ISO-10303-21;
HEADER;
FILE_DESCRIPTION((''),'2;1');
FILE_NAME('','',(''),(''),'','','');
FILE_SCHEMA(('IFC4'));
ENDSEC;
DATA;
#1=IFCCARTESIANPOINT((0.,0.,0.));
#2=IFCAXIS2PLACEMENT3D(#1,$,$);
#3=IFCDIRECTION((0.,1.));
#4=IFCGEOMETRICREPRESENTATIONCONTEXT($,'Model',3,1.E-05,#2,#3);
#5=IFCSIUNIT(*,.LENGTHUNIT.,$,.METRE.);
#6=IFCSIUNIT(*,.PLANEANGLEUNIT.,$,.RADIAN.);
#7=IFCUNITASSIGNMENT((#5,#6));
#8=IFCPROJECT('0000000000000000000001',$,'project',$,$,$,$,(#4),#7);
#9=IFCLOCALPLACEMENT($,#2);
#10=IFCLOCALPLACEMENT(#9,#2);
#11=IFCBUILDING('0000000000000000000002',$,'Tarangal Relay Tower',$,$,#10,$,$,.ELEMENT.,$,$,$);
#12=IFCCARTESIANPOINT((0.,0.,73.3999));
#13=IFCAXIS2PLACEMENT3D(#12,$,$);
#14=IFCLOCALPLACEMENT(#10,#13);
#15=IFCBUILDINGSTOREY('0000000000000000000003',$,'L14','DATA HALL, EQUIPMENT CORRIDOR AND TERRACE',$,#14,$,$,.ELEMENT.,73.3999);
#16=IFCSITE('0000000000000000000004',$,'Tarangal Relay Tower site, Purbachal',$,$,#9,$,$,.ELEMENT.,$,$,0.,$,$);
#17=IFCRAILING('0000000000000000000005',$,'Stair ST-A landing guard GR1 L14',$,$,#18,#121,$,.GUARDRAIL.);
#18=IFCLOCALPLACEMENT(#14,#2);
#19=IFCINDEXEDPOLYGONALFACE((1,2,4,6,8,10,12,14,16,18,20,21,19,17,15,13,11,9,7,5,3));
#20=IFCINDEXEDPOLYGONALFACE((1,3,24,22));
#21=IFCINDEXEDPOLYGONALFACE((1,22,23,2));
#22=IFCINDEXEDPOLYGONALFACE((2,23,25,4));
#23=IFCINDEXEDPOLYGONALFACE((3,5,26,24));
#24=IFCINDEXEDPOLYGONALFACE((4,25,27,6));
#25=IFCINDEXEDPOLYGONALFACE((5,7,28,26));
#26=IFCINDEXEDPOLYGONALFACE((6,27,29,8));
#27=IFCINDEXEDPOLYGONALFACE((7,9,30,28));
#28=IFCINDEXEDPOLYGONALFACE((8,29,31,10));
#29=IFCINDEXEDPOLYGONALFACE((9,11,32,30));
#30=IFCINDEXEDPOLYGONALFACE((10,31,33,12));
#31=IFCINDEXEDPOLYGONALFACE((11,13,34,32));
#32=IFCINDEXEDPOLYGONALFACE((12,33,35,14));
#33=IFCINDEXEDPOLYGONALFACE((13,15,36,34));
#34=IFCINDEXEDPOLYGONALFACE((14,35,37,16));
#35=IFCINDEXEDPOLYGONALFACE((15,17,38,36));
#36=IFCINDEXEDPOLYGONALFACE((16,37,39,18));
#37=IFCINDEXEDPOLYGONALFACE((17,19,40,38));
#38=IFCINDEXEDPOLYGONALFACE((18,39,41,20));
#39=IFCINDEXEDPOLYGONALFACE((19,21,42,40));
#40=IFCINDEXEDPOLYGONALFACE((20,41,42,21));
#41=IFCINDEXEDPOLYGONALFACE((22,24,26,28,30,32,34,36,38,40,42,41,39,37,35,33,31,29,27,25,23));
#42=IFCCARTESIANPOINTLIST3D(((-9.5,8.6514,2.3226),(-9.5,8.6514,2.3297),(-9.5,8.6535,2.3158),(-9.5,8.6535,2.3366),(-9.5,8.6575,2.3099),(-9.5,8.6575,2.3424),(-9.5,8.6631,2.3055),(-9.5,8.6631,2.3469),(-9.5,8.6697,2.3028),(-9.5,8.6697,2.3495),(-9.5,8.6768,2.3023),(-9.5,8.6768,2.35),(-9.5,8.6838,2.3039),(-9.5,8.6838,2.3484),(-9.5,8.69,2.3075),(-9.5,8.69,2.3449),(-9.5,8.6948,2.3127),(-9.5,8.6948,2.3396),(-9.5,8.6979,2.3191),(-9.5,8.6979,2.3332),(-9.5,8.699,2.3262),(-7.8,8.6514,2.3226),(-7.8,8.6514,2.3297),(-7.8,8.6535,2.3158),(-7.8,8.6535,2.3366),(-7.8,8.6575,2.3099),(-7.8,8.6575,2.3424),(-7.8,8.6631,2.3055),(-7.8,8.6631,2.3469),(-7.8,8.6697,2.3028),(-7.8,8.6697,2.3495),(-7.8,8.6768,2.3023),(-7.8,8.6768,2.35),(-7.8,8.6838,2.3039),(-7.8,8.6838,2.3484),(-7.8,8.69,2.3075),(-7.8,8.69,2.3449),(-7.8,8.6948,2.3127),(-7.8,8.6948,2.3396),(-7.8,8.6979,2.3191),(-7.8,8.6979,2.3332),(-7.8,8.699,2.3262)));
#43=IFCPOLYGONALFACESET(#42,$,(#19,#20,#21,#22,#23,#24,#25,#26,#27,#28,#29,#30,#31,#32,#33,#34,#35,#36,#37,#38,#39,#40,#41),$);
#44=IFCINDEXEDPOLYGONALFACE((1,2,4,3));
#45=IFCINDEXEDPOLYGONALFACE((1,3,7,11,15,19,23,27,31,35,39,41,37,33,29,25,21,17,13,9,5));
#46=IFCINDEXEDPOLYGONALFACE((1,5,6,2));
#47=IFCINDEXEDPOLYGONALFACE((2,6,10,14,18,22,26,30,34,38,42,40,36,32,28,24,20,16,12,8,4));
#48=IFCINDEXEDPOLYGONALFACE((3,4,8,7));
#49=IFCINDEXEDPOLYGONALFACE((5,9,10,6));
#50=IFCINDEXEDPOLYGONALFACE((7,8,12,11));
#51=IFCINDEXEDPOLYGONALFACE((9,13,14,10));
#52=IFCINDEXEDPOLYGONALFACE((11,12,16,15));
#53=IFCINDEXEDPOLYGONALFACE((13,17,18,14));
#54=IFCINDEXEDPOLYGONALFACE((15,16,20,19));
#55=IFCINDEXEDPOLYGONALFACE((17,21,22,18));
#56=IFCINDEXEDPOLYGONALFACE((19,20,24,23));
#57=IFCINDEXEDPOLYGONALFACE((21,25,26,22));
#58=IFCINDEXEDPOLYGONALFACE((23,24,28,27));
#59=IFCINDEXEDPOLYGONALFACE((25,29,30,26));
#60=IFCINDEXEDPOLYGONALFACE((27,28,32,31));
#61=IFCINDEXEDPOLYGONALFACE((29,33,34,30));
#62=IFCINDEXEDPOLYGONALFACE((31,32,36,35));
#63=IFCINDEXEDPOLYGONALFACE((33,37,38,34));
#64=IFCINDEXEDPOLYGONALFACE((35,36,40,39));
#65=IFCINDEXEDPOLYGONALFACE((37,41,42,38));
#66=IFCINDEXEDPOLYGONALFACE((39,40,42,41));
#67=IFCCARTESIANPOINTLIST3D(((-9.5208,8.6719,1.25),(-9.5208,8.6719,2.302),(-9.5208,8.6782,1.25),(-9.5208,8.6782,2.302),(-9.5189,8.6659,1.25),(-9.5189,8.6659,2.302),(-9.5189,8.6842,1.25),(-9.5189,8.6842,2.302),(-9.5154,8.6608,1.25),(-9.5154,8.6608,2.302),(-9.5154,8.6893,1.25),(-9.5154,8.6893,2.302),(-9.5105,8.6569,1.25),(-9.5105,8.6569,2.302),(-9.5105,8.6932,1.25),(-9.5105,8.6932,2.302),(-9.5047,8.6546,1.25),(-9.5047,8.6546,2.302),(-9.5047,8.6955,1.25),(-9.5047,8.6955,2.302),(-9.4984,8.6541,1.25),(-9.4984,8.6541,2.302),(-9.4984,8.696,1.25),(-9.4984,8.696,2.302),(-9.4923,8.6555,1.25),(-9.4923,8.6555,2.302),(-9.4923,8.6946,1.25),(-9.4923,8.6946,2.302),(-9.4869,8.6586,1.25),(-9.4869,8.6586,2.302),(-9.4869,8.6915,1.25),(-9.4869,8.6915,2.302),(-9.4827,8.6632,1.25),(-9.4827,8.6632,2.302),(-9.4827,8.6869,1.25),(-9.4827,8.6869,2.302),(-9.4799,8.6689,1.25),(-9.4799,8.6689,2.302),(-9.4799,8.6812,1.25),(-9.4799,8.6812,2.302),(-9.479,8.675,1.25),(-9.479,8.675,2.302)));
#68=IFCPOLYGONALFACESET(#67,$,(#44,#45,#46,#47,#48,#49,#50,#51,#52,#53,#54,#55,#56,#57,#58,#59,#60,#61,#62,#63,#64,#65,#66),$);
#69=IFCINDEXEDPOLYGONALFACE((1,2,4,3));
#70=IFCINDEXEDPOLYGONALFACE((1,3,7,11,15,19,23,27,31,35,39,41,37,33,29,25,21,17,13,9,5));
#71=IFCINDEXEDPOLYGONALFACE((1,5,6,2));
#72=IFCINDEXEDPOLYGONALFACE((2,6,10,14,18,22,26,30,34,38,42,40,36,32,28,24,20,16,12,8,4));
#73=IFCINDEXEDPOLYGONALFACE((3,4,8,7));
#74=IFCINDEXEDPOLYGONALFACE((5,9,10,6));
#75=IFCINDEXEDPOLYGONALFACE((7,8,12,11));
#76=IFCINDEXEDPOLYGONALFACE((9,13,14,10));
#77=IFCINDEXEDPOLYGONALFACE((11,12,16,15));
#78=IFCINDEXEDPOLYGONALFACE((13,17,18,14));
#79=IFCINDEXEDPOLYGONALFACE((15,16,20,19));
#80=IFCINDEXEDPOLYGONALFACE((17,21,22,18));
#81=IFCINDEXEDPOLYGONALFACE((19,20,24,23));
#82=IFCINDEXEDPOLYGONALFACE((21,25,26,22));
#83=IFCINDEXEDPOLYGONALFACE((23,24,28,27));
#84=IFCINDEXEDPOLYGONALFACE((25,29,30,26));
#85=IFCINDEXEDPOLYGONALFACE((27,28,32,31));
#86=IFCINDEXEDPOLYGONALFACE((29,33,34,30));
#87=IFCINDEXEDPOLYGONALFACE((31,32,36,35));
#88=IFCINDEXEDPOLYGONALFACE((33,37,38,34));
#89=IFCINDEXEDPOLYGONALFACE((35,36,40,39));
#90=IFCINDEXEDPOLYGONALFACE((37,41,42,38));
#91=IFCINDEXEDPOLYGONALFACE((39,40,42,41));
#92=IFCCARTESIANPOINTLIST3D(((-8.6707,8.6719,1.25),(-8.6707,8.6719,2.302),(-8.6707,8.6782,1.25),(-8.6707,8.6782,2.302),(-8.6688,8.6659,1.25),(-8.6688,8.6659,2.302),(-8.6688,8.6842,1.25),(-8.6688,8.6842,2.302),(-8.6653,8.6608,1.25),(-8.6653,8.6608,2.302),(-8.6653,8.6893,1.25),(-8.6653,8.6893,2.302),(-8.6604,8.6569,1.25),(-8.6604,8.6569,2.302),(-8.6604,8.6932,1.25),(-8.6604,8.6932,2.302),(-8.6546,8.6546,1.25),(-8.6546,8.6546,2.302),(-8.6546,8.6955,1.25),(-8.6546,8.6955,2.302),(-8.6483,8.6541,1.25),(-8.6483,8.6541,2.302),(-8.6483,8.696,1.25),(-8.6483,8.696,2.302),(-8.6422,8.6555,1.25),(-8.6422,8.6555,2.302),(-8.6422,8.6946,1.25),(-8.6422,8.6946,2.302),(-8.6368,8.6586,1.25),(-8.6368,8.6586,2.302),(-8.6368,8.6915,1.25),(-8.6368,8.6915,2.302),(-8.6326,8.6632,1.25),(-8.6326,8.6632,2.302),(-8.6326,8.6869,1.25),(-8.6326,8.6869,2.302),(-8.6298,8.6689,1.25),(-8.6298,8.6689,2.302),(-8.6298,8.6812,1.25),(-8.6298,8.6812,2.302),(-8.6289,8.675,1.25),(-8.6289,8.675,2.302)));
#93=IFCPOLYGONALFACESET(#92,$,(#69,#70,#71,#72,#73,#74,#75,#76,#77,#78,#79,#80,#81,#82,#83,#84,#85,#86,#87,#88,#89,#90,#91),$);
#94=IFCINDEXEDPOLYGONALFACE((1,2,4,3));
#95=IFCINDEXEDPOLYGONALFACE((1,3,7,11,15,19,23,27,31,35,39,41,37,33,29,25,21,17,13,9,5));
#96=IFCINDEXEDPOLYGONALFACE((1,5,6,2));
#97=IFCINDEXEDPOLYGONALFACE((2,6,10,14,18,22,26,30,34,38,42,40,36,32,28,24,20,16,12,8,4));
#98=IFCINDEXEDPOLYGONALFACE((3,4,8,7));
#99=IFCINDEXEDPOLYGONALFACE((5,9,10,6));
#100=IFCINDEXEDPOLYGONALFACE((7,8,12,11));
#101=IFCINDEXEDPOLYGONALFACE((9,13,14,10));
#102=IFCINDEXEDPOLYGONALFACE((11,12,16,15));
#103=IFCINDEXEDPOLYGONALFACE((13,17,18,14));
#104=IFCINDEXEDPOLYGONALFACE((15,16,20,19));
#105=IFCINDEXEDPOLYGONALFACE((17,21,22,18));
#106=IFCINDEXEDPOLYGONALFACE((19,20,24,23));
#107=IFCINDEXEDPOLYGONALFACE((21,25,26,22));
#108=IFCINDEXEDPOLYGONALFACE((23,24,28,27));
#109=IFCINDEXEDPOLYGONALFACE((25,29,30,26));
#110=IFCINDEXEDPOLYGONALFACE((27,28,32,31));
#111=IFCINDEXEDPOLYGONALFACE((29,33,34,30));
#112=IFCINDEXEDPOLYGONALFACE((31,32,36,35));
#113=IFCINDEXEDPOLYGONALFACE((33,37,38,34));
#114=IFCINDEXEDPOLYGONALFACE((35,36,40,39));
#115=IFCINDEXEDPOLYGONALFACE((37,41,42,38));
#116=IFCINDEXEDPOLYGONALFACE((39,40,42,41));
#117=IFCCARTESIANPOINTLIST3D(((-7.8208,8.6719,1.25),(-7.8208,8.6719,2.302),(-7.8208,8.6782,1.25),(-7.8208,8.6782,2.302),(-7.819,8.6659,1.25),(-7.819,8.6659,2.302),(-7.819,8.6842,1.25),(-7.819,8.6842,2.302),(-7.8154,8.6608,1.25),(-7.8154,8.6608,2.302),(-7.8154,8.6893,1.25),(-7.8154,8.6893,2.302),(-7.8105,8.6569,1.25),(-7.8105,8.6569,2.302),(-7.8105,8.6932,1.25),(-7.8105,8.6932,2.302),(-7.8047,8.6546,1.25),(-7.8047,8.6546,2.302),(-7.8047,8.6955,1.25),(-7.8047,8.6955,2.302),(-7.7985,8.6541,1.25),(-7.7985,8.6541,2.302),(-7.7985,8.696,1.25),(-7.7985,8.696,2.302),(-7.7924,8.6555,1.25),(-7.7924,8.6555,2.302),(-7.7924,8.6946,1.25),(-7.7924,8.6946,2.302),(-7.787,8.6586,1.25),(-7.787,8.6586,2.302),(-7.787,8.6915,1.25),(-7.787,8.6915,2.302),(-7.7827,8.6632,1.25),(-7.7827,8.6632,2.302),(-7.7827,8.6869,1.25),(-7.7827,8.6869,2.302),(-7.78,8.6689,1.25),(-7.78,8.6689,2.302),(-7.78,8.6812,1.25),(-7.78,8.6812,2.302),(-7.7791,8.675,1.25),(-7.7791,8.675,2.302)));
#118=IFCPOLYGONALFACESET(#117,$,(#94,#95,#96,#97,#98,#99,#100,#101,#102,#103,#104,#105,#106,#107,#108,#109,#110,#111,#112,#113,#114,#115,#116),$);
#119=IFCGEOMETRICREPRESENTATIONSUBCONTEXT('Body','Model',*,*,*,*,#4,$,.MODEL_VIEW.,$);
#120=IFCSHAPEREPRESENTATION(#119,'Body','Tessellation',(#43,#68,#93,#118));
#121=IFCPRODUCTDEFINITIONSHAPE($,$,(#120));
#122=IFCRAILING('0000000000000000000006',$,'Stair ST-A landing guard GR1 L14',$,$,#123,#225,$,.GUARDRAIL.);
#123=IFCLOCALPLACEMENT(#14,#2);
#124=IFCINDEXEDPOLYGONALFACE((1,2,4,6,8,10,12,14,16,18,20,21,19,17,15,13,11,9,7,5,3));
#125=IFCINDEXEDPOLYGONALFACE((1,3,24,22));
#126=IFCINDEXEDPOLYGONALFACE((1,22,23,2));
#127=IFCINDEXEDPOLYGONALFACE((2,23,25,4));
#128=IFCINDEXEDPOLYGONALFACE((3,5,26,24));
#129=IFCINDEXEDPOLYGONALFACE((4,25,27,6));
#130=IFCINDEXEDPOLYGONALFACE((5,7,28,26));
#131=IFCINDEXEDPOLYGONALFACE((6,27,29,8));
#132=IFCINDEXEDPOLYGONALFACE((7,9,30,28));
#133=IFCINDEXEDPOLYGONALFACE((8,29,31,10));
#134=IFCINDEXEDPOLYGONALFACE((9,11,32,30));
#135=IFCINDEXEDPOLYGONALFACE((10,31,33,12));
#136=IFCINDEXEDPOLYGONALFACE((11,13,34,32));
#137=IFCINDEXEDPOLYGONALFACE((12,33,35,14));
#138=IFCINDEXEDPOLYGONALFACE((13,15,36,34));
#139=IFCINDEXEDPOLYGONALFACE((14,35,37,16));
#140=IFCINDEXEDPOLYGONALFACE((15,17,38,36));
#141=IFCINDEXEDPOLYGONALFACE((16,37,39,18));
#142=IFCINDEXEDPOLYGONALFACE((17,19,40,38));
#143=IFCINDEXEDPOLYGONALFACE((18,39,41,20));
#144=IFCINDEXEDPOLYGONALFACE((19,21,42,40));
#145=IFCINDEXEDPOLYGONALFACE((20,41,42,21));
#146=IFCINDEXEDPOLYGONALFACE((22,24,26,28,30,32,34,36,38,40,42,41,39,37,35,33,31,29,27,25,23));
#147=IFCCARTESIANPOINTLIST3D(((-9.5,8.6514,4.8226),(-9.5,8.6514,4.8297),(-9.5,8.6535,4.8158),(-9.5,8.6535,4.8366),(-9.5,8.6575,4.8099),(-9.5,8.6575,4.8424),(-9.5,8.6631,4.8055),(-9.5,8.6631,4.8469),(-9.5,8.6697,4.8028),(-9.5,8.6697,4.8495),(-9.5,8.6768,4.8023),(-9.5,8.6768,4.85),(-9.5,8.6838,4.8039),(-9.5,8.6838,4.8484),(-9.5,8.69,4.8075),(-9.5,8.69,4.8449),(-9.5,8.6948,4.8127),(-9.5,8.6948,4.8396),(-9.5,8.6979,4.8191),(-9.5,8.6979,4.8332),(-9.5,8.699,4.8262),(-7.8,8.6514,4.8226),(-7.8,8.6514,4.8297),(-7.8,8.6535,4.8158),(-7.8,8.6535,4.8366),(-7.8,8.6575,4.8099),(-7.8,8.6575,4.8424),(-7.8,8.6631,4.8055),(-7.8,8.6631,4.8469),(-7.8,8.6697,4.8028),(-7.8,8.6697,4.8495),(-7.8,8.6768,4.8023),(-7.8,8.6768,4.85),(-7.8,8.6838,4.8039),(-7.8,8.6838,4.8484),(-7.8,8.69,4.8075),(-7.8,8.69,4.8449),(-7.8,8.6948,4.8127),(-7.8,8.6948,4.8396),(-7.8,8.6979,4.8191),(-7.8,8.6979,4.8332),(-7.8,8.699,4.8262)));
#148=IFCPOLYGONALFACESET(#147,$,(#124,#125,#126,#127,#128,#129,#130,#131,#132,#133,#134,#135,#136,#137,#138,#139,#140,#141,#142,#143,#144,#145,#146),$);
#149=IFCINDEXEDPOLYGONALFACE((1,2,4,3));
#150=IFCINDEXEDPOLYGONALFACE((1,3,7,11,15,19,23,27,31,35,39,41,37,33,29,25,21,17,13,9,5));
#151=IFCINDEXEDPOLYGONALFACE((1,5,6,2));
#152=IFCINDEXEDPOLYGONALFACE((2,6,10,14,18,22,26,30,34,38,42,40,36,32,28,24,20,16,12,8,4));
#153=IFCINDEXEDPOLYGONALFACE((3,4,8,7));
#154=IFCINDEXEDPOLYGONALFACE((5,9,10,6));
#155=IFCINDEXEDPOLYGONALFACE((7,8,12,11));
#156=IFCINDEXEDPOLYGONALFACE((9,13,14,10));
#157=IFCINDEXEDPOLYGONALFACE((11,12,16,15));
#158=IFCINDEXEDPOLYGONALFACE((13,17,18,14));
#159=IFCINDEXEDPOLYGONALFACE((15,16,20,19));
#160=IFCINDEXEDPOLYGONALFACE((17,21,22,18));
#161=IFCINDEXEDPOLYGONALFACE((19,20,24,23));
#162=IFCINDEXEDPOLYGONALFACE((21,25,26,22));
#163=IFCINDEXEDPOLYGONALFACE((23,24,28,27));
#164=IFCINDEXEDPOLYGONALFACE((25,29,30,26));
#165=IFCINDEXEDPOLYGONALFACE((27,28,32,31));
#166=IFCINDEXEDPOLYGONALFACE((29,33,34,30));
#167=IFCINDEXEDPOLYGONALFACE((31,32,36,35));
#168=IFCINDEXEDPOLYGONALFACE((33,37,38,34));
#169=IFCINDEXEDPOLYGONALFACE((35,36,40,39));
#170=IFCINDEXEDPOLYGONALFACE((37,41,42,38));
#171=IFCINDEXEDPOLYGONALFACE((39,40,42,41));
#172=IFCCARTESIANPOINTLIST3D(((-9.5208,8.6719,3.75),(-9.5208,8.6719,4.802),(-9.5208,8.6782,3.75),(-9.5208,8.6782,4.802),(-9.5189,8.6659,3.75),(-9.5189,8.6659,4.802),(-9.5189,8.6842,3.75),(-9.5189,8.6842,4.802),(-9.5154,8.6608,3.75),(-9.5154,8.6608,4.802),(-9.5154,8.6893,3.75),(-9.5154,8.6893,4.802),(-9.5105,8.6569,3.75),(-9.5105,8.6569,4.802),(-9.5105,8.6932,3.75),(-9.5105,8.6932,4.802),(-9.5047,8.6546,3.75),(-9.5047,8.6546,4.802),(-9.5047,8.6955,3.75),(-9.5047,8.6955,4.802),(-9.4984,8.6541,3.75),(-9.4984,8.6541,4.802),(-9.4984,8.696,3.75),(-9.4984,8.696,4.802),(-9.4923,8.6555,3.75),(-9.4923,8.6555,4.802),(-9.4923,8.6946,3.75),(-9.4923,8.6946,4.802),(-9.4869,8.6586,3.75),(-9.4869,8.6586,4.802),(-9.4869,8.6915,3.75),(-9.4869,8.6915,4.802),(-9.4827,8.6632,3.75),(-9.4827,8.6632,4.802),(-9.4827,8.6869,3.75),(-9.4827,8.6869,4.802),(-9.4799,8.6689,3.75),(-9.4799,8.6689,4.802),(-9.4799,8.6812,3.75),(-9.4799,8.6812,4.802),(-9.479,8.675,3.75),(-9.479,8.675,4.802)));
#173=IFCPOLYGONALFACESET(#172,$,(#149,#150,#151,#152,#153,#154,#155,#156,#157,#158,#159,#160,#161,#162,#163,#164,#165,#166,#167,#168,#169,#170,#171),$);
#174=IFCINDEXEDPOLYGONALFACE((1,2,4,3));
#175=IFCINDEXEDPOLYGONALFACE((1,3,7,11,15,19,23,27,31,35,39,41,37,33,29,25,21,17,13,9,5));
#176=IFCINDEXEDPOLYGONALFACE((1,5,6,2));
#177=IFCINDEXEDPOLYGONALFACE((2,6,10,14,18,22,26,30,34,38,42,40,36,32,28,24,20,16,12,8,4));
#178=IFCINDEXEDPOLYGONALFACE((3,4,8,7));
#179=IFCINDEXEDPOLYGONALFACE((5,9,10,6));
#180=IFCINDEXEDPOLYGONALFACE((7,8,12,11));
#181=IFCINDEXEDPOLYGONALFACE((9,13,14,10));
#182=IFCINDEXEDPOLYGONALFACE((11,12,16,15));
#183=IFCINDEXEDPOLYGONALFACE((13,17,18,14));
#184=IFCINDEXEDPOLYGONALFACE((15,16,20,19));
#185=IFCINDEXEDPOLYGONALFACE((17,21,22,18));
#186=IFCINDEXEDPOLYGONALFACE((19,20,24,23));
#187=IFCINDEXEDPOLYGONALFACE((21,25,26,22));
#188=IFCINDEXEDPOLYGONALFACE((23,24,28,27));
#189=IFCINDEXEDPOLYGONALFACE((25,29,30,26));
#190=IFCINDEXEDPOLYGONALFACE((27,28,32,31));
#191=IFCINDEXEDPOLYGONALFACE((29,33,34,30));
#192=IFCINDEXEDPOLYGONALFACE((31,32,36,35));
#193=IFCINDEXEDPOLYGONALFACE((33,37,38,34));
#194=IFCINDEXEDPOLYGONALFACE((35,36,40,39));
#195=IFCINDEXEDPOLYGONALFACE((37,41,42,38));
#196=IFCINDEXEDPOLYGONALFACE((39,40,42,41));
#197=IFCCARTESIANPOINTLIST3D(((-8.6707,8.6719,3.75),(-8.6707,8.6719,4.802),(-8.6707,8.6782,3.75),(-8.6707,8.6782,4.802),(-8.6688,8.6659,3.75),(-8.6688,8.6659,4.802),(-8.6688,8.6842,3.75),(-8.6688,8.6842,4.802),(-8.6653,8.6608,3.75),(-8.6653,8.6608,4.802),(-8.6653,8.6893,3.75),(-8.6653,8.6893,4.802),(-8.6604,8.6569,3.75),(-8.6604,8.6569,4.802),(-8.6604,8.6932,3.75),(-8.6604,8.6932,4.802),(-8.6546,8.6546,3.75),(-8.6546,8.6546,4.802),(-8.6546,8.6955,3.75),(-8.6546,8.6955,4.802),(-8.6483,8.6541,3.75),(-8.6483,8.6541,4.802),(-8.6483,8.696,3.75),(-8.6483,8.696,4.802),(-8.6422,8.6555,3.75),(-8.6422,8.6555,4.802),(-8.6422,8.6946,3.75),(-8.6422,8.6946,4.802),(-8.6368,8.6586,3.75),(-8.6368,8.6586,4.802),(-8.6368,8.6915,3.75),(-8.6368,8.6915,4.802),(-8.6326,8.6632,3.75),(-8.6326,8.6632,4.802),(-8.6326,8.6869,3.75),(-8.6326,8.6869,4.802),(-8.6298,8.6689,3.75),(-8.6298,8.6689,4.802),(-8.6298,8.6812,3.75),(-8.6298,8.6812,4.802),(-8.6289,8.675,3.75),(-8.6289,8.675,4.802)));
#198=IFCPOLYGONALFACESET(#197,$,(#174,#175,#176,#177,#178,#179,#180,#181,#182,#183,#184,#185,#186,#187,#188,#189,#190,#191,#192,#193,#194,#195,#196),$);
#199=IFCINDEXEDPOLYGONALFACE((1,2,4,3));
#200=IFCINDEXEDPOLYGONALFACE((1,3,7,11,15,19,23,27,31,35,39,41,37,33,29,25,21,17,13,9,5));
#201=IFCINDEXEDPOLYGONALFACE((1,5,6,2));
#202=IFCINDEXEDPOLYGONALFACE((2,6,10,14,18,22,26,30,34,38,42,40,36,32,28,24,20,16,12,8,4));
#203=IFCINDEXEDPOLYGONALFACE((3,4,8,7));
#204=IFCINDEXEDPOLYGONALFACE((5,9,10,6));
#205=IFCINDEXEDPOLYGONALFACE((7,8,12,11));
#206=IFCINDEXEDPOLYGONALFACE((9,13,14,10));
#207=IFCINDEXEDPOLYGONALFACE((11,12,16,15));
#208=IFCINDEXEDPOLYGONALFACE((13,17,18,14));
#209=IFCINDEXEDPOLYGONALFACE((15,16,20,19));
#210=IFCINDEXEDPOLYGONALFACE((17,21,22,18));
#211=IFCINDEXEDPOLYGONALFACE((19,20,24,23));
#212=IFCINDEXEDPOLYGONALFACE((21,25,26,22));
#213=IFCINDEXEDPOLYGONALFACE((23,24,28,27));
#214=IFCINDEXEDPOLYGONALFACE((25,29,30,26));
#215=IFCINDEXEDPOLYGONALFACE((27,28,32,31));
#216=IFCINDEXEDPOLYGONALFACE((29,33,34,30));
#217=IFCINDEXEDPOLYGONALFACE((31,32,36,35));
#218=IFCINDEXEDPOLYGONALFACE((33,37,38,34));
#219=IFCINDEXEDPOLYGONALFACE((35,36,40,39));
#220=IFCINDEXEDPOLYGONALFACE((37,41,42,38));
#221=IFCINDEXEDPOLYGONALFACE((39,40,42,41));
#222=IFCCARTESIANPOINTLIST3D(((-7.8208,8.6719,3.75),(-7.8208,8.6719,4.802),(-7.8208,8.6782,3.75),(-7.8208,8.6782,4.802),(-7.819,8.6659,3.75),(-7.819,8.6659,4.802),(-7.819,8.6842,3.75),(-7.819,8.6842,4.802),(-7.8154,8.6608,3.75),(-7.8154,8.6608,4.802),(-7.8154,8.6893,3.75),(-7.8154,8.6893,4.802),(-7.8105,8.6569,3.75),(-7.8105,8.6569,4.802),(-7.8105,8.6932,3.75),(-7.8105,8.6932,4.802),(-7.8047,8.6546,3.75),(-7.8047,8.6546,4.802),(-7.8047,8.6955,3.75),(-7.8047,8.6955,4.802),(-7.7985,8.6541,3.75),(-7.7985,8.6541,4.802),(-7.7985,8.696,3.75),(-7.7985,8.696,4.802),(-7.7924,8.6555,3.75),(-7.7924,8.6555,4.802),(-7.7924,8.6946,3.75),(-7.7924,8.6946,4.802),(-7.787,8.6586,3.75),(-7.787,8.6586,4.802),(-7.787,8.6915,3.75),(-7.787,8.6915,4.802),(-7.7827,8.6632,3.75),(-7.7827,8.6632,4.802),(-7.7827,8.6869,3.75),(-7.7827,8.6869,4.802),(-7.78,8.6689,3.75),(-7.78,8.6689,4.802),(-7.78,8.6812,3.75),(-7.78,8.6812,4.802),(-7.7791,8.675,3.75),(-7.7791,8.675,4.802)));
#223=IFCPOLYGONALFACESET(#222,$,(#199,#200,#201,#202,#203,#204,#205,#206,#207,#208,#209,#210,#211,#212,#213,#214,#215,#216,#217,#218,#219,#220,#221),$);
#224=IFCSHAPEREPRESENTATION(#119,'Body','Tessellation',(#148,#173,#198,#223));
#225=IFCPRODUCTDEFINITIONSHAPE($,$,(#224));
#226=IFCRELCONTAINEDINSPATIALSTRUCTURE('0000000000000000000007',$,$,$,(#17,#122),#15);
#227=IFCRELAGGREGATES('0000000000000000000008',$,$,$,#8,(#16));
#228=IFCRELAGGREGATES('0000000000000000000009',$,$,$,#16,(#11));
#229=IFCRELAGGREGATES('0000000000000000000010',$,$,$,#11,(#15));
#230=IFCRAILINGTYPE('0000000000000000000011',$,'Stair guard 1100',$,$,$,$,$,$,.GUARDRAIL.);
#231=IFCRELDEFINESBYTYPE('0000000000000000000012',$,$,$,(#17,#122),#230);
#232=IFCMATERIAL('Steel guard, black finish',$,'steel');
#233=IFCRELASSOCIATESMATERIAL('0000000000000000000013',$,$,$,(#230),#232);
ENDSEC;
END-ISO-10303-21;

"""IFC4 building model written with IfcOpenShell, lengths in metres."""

from ifc_helpers import new_model, si_unit, direction, frame, origin, origin_2d, place, context, subcontext, project, spatial, circle, extrude, material, type_object, element, save


model = new_model("IFC4")

# Units and contexts
model_context = context("Model", 3, precision=1e-05, world=origin(), true_north=direction((0.0, 1.0)))
body_context = subcontext(model_context, "Body", "Model", "MODEL_VIEW")
ifc_project = project(units=[si_unit("LENGTHUNIT", "METRE"), si_unit("PLANEANGLEUNIT", "RADIAN")], contexts=[model_context])

# Site, building, storey
site_placement = place(None, origin())
site = spatial("IfcSite", under=ifc_project, at=site_placement, Name="Tarangal Relay Tower site, Purbachal", CompositionType="ELEMENT", RefElevation=0.0)
building_placement = place(site_placement, origin())
building = spatial("IfcBuilding", under=site, at=building_placement, Name="Tarangal Relay Tower", CompositionType="ELEMENT")
storey_placement = place(building_placement, frame((0.0, 0.0, 73.3999)))
storey = spatial("IfcBuildingStorey", under=building, at=storey_placement, Name="L14", Description="DATA HALL, EQUIPMENT CORRIDOR AND TERRACE", CompositionType="ELEMENT", Elevation=73.3999)

# Railings
ifc_material_1 = material(Name="Steel guard, black finish", Category="steel")
railing_type_1 = type_object("IfcRailingType", Name="Stair guard 1100", PredefinedType="GUARDRAIL", material=ifc_material_1)
for number, where, name in (
    (1, (-9.5, 8.675, 1.25), "Stair ST-A landing guard GR1 L14"),
    (2, (-9.5, 8.675, 3.75), "Stair ST-A landing guard GR1 L14"),
):
    element("IfcRailing", number, at=place(storey_placement, frame(where)), inside=storey, type_object=railing_type_1, Name=name, PredefinedType="GUARDRAIL", context=body_context, shape_type="SweptSolid", body=[
        extrude(circle(Radius=0.0239, at=origin_2d()), frame((0.0, 0.0, 1.0762), z_axis=(1.0, 0.0, 0.0), x_axis=(0.0, 1.0, 0.0)), (0.0, 0.0, 1.0), 1.7),
        extrude(circle(Radius=0.021, at=origin_2d()), origin(), (0.0, 0.0, 1.0), 1.052),
        extrude(circle(Radius=0.021, at=origin_2d()), frame((0.8501, 0.0, 0.0)), (0.0, 0.0, 1.0), 1.052),
        extrude(circle(Radius=0.021, at=origin_2d()), frame((1.7, 0.0, 0.0)), (0.0, 0.0, 1.0), 1.052),
    ])

save(model, "model.ifc")
